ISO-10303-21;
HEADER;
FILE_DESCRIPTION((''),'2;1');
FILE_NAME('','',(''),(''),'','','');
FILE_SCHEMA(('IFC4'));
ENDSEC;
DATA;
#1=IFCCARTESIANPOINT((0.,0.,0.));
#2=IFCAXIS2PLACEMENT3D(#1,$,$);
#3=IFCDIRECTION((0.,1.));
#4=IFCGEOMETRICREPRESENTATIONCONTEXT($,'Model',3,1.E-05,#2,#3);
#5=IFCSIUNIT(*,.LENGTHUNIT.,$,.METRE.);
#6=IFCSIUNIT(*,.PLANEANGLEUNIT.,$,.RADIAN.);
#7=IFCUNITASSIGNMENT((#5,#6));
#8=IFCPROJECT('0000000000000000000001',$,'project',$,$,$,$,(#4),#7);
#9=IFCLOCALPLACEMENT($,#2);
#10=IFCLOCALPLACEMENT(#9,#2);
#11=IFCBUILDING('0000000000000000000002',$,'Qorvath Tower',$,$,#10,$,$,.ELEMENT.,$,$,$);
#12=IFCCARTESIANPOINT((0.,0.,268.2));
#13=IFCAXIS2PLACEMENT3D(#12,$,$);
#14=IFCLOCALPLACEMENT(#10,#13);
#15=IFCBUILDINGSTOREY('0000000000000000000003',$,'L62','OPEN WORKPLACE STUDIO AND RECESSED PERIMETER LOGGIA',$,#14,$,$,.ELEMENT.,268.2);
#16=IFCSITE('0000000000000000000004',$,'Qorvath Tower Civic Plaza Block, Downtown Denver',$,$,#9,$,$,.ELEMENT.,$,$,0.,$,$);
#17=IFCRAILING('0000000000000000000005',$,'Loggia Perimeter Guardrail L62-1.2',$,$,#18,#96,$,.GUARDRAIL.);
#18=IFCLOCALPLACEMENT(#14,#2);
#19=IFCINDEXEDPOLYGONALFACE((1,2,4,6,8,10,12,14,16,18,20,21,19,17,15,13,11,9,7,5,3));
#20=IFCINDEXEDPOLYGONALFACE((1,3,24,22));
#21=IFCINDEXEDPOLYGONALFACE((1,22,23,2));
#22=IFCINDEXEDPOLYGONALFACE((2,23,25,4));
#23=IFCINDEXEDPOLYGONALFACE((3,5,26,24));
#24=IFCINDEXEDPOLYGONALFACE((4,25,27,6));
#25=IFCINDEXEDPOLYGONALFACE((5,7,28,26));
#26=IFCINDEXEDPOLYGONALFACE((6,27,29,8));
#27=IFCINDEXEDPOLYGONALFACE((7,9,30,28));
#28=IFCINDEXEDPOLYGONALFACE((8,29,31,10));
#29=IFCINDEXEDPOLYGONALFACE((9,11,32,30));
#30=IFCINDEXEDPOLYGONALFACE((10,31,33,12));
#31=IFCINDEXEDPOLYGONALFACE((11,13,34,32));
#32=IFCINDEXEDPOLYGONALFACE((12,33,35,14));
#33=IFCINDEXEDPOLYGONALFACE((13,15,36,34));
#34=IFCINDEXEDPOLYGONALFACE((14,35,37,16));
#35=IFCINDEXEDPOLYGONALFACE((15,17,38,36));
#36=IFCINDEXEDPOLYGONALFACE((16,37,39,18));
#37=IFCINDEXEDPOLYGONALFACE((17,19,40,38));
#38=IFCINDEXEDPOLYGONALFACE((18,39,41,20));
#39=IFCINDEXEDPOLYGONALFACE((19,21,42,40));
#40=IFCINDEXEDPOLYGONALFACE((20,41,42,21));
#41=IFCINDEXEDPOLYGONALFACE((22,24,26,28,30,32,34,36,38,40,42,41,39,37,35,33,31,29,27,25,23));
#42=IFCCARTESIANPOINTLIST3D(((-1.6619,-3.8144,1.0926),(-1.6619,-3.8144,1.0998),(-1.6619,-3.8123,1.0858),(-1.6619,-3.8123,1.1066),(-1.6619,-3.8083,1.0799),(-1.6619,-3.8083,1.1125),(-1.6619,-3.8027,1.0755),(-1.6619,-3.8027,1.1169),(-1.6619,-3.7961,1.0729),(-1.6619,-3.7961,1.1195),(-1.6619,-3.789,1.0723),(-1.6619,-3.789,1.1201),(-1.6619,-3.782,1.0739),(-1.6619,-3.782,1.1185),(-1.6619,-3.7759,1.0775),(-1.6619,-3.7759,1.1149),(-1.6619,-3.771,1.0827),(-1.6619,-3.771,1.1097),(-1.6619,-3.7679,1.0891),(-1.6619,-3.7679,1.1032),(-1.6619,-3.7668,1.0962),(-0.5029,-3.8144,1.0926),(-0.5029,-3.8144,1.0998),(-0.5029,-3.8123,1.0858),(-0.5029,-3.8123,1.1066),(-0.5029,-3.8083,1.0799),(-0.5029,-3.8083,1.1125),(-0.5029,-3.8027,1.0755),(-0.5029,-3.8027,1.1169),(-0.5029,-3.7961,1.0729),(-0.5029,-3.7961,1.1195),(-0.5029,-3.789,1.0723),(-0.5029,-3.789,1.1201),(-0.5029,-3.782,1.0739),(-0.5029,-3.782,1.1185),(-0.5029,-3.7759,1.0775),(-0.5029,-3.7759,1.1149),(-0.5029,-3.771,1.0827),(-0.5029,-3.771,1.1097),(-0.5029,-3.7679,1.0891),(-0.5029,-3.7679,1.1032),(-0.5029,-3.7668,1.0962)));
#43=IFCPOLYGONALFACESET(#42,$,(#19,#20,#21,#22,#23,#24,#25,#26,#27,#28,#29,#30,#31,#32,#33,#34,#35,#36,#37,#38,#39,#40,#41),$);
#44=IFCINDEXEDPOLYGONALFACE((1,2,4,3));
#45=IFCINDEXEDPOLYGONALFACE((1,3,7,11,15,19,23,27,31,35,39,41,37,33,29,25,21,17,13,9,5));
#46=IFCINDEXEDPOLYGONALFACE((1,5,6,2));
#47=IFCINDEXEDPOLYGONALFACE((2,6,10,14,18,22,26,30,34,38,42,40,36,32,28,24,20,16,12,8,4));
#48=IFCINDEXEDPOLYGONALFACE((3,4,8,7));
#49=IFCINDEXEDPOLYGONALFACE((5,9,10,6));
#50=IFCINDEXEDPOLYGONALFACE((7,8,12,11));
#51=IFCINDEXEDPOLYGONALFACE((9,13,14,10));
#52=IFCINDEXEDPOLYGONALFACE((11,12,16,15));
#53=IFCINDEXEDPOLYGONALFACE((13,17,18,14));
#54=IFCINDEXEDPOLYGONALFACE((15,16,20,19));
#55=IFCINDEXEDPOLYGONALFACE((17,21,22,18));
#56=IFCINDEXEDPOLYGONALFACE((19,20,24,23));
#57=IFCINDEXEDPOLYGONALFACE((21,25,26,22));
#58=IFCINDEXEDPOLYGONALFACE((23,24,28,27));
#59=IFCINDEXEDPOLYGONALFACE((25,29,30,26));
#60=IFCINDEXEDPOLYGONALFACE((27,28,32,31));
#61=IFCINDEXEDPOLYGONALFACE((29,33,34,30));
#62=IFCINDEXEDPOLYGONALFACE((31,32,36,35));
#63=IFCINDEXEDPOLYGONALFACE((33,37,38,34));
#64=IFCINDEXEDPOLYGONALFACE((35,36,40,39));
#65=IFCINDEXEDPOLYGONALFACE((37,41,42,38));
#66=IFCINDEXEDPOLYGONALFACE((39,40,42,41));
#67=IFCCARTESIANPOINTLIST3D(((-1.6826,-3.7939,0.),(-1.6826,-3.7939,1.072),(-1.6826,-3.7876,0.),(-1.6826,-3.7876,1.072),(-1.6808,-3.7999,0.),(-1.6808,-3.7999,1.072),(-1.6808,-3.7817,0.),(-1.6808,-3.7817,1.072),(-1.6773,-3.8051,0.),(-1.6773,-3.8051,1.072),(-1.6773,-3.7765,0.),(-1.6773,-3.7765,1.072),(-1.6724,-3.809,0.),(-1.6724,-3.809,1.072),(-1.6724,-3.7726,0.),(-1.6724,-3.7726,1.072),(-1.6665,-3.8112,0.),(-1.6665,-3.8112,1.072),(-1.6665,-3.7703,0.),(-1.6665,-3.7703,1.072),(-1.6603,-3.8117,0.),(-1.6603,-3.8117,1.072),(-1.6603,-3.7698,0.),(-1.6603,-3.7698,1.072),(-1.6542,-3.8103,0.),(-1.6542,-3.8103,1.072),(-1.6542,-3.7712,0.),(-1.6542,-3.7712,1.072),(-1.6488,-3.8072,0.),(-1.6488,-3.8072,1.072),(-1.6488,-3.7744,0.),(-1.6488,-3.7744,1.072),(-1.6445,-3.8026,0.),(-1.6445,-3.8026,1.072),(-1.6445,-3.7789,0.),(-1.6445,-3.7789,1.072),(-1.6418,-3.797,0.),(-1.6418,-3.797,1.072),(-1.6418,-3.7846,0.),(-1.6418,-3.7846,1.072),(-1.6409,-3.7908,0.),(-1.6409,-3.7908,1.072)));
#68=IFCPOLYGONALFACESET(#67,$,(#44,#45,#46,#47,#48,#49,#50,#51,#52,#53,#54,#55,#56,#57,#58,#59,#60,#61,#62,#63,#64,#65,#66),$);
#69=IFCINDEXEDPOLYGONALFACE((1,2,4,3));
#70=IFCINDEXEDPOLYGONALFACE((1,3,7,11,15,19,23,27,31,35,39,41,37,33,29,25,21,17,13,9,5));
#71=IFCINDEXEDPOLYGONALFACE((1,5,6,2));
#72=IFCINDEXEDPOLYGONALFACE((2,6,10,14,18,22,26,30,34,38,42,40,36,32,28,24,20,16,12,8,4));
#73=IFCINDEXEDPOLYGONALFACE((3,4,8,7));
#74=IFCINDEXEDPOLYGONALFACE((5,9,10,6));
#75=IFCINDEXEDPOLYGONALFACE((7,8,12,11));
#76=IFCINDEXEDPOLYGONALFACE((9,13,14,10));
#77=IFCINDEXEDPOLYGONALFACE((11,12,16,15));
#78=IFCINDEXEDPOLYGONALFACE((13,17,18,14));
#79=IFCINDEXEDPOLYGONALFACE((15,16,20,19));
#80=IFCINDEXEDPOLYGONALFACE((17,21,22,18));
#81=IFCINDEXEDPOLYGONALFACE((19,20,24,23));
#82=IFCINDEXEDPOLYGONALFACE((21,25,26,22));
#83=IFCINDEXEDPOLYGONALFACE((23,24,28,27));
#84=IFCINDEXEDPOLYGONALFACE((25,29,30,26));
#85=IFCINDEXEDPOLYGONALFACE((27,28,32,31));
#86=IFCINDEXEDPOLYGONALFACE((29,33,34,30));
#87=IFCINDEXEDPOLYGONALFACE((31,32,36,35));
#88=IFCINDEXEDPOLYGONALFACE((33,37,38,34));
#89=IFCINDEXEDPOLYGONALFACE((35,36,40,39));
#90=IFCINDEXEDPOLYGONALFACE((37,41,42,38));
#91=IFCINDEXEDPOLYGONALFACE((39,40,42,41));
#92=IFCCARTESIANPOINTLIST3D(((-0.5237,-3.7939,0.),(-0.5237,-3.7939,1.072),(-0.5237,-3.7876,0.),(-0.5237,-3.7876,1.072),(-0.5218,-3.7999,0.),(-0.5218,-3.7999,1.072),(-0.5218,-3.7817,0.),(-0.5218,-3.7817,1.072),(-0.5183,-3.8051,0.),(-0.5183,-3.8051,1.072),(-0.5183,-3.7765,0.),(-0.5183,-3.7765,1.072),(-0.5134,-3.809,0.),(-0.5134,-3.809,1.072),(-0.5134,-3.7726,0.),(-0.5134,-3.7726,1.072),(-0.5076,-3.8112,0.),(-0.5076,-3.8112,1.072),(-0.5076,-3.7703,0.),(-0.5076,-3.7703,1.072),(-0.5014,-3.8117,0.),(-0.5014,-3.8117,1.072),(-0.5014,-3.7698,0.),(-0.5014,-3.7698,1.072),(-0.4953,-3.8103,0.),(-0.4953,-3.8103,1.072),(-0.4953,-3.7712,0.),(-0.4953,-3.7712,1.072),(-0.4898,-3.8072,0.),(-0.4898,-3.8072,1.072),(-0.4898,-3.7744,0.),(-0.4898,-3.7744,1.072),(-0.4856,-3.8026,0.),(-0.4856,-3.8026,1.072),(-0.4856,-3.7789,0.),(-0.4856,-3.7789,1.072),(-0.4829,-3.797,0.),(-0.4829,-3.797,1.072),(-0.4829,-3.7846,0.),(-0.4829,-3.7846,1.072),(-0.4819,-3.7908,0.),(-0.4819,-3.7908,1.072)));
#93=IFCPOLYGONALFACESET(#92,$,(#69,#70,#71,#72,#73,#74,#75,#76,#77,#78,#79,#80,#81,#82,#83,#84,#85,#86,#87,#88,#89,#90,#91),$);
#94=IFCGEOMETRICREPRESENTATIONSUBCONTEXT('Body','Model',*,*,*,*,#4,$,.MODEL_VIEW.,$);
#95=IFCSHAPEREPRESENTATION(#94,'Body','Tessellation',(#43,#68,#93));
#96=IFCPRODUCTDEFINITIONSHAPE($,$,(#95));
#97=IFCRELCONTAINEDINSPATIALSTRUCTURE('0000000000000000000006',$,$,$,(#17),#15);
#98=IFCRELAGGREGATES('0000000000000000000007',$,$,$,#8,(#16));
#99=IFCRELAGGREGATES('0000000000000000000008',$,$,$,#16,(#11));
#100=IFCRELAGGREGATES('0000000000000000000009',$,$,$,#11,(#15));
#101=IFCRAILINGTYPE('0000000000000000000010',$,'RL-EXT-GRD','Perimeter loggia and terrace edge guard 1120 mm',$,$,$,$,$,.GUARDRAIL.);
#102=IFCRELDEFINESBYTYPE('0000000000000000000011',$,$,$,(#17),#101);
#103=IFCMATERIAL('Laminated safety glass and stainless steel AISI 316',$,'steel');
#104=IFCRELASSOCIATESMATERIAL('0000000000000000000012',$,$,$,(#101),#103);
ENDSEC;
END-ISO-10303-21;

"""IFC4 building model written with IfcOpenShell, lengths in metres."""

from ifc_helpers import new_model, si_unit, direction, frame, origin, origin_2d, place, context, subcontext, project, spatial, circle, extrude, material, type_object, element, save


model = new_model("IFC4")

# Units and contexts
model_context = context("Model", 3, precision=1e-05, world=origin(), true_north=direction((0.0, 1.0)))
body_context = subcontext(model_context, "Body", "Model", "MODEL_VIEW")
ifc_project = project(units=[si_unit("LENGTHUNIT", "METRE"), si_unit("PLANEANGLEUNIT", "RADIAN")], contexts=[model_context])

# Site, building, storey
site_placement = place(None, origin())
site = spatial("IfcSite", under=ifc_project, at=site_placement, Name="Qorvath Tower Civic Plaza Block, Downtown Denver", CompositionType="ELEMENT", RefElevation=0.0)
building_placement = place(site_placement, origin())
building = spatial("IfcBuilding", under=site, at=building_placement, Name="Qorvath Tower", CompositionType="ELEMENT")
storey_placement = place(building_placement, frame((0.0, 0.0, 268.2)))
storey = spatial("IfcBuildingStorey", under=building, at=storey_placement, Name="L62", Description="OPEN WORKPLACE STUDIO AND RECESSED PERIMETER LOGGIA", CompositionType="ELEMENT", Elevation=268.2)

# Railing
ifc_material_1 = material(Name="Laminated safety glass and stainless steel AISI 316", Category="steel")
railing_type_1 = type_object("IfcRailingType", Name="RL-EXT-GRD", Description="Perimeter loggia and terrace edge guard 1120 mm", PredefinedType="GUARDRAIL", material=ifc_material_1)
railing_1_placement = place(storey_placement, frame((-1.6619, -3.7908, 0.0)))
element("IfcRailing", 1, at=railing_1_placement, inside=storey, type_object=railing_type_1, Name="Loggia Perimeter Guardrail L62-1.2", PredefinedType="GUARDRAIL", context=body_context, shape_type="SweptSolid", body=[
    extrude(circle(Radius=0.0239, at=origin_2d()), frame((0.0, 0.0, 1.0962), z_axis=(1.0, 0.0, 0.0), x_axis=(0.0, 1.0, 0.0)), (0.0, 0.0, 1.0), 1.1589),
    extrude(circle(Radius=0.021, at=origin_2d()), origin(), (0.0, 0.0, 1.0), 1.072),
    extrude(circle(Radius=0.021, at=origin_2d()), frame((1.1589, 0.0, 0.0)), (0.0, 0.0, 1.0), 1.072),
])

save(model, "model.ifc")
